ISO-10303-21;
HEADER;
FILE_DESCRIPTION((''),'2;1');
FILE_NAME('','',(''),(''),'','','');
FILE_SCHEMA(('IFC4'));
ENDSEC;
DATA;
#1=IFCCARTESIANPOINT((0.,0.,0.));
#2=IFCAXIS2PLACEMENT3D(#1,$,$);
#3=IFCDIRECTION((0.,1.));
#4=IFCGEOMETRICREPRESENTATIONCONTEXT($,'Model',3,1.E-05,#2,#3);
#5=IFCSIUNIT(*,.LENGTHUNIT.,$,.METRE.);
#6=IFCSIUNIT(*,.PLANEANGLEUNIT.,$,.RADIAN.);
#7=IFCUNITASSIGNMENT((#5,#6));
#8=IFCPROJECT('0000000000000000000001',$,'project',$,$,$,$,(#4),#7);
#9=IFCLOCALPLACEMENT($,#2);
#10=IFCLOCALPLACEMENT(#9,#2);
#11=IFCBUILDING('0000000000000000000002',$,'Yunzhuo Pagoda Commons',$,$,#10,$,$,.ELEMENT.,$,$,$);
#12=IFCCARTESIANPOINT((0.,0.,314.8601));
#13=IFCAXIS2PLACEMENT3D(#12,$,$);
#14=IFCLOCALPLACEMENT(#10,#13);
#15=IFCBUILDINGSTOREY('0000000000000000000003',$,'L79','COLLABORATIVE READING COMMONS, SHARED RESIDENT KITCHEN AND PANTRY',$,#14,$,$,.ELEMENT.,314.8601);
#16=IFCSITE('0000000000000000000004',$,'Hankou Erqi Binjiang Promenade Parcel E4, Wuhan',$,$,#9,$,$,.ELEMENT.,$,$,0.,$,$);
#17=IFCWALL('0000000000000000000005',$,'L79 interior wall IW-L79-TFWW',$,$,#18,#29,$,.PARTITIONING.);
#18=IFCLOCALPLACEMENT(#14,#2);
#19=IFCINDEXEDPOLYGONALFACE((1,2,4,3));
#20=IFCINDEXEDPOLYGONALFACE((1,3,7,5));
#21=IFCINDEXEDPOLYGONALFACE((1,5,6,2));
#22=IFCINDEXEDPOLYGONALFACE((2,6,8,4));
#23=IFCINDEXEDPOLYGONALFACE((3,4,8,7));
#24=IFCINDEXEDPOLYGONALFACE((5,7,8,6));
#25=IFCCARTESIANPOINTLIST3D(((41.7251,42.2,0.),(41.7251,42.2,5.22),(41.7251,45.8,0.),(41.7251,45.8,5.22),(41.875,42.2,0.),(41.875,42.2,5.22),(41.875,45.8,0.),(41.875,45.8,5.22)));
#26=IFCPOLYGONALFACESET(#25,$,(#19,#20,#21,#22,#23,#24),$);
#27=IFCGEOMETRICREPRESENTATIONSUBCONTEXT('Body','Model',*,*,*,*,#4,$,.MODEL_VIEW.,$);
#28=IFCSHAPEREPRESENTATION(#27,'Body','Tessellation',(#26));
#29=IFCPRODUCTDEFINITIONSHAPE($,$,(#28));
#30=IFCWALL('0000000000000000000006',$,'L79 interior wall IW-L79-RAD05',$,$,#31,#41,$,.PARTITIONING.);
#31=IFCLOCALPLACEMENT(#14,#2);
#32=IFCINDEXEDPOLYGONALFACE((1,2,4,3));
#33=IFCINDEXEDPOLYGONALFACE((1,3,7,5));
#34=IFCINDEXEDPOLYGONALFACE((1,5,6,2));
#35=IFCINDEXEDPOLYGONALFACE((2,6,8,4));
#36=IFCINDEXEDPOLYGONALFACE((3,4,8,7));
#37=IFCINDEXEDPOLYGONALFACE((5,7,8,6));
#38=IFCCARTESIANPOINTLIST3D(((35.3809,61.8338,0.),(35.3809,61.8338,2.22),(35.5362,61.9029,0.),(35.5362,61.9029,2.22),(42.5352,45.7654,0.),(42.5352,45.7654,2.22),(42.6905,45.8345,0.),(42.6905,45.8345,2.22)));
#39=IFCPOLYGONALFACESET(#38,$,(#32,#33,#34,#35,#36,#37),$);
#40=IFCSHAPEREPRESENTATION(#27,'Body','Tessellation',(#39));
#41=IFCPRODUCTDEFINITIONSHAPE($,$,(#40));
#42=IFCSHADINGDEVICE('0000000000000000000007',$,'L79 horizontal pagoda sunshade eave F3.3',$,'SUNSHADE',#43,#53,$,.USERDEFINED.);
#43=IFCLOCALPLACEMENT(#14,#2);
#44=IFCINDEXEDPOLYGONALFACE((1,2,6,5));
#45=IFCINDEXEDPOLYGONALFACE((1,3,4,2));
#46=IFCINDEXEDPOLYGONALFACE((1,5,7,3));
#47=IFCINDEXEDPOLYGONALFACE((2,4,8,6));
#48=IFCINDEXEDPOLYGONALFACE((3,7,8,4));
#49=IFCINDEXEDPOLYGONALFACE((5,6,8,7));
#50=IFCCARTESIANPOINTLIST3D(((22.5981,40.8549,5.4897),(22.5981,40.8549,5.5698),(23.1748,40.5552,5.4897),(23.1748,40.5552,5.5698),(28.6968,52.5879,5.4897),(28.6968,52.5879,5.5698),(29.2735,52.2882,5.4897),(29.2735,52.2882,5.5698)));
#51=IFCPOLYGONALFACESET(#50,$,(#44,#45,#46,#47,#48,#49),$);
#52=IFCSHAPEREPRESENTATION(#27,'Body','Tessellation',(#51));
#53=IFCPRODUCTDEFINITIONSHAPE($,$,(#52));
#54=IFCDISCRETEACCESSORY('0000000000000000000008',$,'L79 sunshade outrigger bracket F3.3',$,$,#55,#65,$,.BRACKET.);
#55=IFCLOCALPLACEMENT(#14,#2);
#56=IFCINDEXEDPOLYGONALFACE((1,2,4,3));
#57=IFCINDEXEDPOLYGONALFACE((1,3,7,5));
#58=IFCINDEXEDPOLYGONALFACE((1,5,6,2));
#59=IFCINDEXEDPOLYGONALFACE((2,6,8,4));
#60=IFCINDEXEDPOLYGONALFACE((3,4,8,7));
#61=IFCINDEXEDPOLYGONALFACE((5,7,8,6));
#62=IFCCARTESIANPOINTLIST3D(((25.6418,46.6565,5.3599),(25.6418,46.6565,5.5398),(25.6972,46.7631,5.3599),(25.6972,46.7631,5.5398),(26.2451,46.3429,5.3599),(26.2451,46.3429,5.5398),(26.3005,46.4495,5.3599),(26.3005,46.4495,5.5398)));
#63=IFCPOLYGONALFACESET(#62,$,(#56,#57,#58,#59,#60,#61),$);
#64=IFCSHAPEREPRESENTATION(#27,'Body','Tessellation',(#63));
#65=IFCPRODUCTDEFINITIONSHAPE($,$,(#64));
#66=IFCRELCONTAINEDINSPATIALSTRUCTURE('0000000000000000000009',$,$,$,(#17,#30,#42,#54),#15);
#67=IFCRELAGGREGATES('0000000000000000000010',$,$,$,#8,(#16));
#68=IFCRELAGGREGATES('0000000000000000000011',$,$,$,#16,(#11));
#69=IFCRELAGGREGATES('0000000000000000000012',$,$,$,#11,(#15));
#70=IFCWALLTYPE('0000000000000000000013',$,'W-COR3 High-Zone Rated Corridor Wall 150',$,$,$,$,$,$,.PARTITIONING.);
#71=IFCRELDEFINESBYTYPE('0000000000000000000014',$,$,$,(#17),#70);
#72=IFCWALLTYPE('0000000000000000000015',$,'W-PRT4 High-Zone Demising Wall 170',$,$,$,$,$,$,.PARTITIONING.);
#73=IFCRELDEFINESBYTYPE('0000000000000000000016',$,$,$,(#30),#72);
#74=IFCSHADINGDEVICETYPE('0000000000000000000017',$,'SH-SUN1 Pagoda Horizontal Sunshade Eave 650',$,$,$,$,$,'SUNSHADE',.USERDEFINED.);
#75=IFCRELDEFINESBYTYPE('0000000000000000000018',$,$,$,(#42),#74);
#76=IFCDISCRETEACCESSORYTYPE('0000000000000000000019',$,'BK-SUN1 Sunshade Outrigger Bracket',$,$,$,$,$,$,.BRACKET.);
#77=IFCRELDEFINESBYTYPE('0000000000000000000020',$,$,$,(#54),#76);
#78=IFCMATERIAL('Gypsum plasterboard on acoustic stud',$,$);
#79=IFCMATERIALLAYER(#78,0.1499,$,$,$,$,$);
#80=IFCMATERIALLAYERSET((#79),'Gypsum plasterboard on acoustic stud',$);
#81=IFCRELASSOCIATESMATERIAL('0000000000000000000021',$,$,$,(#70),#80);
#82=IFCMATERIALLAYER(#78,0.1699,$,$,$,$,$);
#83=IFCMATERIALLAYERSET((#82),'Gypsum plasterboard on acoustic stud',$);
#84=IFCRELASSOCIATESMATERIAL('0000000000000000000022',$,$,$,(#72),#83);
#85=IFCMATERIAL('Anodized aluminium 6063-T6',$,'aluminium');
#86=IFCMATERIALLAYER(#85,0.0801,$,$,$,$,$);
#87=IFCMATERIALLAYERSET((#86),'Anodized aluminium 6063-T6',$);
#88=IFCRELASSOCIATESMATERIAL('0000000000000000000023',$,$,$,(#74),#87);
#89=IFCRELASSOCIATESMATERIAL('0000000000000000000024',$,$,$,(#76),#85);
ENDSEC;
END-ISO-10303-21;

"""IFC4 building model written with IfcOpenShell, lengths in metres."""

from ifc_helpers import new_model, si_unit, direction, frame, frame_2d, origin, origin_2d, place, context, subcontext, project, spatial, rectangle, extrude, source, transform, mapped, material, layer, layer_set, type_object, element, save


model = new_model("IFC4")

# Units and contexts
model_context = context("Model", 3, precision=1e-05, world=origin(), true_north=direction((0.0, 1.0)))
body_context = subcontext(model_context, "Body", "Model", "MODEL_VIEW")
ifc_project = project(units=[si_unit("LENGTHUNIT", "METRE"), si_unit("PLANEANGLEUNIT", "RADIAN")], contexts=[model_context])

# Site, building, storey
site_placement = place(None, origin())
site = spatial("IfcSite", under=ifc_project, at=site_placement, Name="Hankou Erqi Binjiang Promenade Parcel E4, Wuhan", CompositionType="ELEMENT", RefElevation=0.0)
building_placement = place(site_placement, origin())
building = spatial("IfcBuilding", under=site, at=building_placement, Name="Yunzhuo Pagoda Commons", CompositionType="ELEMENT")
storey_placement = place(building_placement, frame((0.0, 0.0, 314.8601)))
storey = spatial("IfcBuildingStorey", under=building, at=storey_placement, Name="L79", Description="COLLABORATIVE READING COMMONS, SHARED RESIDENT KITCHEN AND PANTRY", CompositionType="ELEMENT", Elevation=314.8601)

# Shared definitions
ifc_material_1 = material(Name="Anodized aluminium 6063-T6", Category="aluminium")

# Shared definitions
ifc_material_2 = material(Name="Gypsum plasterboard on acoustic stud")
ifc_layer_1 = layer(ifc_material_2, 0.1499)
ifc_layer_set_1 = layer_set([ifc_layer_1], Name="Gypsum plasterboard on acoustic stud")
wall_type_1 = type_object("IfcWallType", Name="W-COR3 High-Zone Rated Corridor Wall 150", PredefinedType="PARTITIONING", material=ifc_layer_set_1)

# Walls
wall_1_placement = place(storey_placement, frame((41.8, 42.2, 0.0), z_axis=(0.0, 0.0, 1.0), x_axis=(0.0, 1.0, 0.0)))
element("IfcWall", 1, at=wall_1_placement, inside=storey, type_object=wall_type_1, Name="L79 interior wall IW-L79-TFWW", PredefinedType="PARTITIONING", context=body_context, shape_type="SweptSolid", body=[
    extrude(rectangle(XDim=3.6001, YDim=0.1499, at=frame_2d((1.8, 0.0))), origin(), (0.0, 0.0, 1.0), 5.22),
])
ifc_layer_2 = layer(ifc_material_2, 0.1699)
ifc_layer_set_2 = layer_set([ifc_layer_2], Name="Gypsum plasterboard on acoustic stud")
wall_type_2 = type_object("IfcWallType", Name="W-PRT4 High-Zone Demising Wall 170", PredefinedType="PARTITIONING", material=ifc_layer_set_2)
wall_2_placement = place(storey_placement, frame((42.6128, 45.8, 0.0), z_axis=(0.0, 0.0, 1.0), x_axis=(-0.406746, 0.913541, 0.0)))
element("IfcWall", 2, at=wall_2_placement, inside=storey, type_object=wall_type_2, Name="L79 interior wall IW-L79-RAD05", PredefinedType="PARTITIONING", context=body_context, shape_type="SweptSolid", body=[
    extrude(rectangle(XDim=17.5891, YDim=0.1699, at=frame_2d((8.7944, 0.0))), origin(), (0.0, 0.0, 1.0), 2.22),
])

# Shading device
ifc_layer_3 = layer(ifc_material_1, 0.0801)
ifc_layer_set_3 = layer_set([ifc_layer_3], Name="Anodized aluminium 6063-T6")
shading_device_type = type_object("IfcShadingDeviceType", Name="SH-SUN1 Pagoda Horizontal Sunshade Eave 650", ElementType="SUNSHADE", PredefinedType="USERDEFINED", material=ifc_layer_set_3)
shared_shape_1 = source(origin(), body_context, "Body", "SweptSolid", [
    extrude(rectangle(XDim=13.2234, YDim=0.6499, at=origin_2d()), origin(), (0.0, 0.0, 1.0), 0.0801),
])
shading_device_placement = place(storey_placement, frame((25.9358, 46.5715, 5.4897), z_axis=(0.0, 0.0, 1.0), x_axis=(-0.461207, -0.887293, 0.0)))
element("IfcShadingDevice", 3, at=shading_device_placement, inside=storey, type_object=shading_device_type, Name="L79 horizontal pagoda sunshade eave F3.3", ObjectType="SUNSHADE", PredefinedType="USERDEFINED", context=body_context, shape_type="MappedRepresentation", body=[
    mapped(shared_shape_1, transform((0.0, 0.0, 0.0), scale=1.0)),
])

# Discrete accessory
discrete_accessory_type = type_object("IfcDiscreteAccessoryType", Name="BK-SUN1 Sunshade Outrigger Bracket", PredefinedType="BRACKET", material=ifc_material_1)
shared_shape_2 = source(origin(), body_context, "Body", "SweptSolid", [
    extrude(rectangle(XDim=0.1201, YDim=0.6799, at=origin_2d()), origin(), (0.0, 0.0, 1.0), 0.1799),
])
discrete_accessory_placement = place(storey_placement, frame((25.9712, 46.553, 5.3599), z_axis=(0.0, 0.0, 1.0), x_axis=(-0.461207, -0.887293, 0.0)))
element("IfcDiscreteAccessory", 4, at=discrete_accessory_placement, inside=storey, type_object=discrete_accessory_type, Name="L79 sunshade outrigger bracket F3.3", PredefinedType="BRACKET", context=body_context, shape_type="MappedRepresentation", body=[
    mapped(shared_shape_2, transform((0.0, 0.0, 0.0), scale=1.0)),
])

save(model, "model.ifc")
